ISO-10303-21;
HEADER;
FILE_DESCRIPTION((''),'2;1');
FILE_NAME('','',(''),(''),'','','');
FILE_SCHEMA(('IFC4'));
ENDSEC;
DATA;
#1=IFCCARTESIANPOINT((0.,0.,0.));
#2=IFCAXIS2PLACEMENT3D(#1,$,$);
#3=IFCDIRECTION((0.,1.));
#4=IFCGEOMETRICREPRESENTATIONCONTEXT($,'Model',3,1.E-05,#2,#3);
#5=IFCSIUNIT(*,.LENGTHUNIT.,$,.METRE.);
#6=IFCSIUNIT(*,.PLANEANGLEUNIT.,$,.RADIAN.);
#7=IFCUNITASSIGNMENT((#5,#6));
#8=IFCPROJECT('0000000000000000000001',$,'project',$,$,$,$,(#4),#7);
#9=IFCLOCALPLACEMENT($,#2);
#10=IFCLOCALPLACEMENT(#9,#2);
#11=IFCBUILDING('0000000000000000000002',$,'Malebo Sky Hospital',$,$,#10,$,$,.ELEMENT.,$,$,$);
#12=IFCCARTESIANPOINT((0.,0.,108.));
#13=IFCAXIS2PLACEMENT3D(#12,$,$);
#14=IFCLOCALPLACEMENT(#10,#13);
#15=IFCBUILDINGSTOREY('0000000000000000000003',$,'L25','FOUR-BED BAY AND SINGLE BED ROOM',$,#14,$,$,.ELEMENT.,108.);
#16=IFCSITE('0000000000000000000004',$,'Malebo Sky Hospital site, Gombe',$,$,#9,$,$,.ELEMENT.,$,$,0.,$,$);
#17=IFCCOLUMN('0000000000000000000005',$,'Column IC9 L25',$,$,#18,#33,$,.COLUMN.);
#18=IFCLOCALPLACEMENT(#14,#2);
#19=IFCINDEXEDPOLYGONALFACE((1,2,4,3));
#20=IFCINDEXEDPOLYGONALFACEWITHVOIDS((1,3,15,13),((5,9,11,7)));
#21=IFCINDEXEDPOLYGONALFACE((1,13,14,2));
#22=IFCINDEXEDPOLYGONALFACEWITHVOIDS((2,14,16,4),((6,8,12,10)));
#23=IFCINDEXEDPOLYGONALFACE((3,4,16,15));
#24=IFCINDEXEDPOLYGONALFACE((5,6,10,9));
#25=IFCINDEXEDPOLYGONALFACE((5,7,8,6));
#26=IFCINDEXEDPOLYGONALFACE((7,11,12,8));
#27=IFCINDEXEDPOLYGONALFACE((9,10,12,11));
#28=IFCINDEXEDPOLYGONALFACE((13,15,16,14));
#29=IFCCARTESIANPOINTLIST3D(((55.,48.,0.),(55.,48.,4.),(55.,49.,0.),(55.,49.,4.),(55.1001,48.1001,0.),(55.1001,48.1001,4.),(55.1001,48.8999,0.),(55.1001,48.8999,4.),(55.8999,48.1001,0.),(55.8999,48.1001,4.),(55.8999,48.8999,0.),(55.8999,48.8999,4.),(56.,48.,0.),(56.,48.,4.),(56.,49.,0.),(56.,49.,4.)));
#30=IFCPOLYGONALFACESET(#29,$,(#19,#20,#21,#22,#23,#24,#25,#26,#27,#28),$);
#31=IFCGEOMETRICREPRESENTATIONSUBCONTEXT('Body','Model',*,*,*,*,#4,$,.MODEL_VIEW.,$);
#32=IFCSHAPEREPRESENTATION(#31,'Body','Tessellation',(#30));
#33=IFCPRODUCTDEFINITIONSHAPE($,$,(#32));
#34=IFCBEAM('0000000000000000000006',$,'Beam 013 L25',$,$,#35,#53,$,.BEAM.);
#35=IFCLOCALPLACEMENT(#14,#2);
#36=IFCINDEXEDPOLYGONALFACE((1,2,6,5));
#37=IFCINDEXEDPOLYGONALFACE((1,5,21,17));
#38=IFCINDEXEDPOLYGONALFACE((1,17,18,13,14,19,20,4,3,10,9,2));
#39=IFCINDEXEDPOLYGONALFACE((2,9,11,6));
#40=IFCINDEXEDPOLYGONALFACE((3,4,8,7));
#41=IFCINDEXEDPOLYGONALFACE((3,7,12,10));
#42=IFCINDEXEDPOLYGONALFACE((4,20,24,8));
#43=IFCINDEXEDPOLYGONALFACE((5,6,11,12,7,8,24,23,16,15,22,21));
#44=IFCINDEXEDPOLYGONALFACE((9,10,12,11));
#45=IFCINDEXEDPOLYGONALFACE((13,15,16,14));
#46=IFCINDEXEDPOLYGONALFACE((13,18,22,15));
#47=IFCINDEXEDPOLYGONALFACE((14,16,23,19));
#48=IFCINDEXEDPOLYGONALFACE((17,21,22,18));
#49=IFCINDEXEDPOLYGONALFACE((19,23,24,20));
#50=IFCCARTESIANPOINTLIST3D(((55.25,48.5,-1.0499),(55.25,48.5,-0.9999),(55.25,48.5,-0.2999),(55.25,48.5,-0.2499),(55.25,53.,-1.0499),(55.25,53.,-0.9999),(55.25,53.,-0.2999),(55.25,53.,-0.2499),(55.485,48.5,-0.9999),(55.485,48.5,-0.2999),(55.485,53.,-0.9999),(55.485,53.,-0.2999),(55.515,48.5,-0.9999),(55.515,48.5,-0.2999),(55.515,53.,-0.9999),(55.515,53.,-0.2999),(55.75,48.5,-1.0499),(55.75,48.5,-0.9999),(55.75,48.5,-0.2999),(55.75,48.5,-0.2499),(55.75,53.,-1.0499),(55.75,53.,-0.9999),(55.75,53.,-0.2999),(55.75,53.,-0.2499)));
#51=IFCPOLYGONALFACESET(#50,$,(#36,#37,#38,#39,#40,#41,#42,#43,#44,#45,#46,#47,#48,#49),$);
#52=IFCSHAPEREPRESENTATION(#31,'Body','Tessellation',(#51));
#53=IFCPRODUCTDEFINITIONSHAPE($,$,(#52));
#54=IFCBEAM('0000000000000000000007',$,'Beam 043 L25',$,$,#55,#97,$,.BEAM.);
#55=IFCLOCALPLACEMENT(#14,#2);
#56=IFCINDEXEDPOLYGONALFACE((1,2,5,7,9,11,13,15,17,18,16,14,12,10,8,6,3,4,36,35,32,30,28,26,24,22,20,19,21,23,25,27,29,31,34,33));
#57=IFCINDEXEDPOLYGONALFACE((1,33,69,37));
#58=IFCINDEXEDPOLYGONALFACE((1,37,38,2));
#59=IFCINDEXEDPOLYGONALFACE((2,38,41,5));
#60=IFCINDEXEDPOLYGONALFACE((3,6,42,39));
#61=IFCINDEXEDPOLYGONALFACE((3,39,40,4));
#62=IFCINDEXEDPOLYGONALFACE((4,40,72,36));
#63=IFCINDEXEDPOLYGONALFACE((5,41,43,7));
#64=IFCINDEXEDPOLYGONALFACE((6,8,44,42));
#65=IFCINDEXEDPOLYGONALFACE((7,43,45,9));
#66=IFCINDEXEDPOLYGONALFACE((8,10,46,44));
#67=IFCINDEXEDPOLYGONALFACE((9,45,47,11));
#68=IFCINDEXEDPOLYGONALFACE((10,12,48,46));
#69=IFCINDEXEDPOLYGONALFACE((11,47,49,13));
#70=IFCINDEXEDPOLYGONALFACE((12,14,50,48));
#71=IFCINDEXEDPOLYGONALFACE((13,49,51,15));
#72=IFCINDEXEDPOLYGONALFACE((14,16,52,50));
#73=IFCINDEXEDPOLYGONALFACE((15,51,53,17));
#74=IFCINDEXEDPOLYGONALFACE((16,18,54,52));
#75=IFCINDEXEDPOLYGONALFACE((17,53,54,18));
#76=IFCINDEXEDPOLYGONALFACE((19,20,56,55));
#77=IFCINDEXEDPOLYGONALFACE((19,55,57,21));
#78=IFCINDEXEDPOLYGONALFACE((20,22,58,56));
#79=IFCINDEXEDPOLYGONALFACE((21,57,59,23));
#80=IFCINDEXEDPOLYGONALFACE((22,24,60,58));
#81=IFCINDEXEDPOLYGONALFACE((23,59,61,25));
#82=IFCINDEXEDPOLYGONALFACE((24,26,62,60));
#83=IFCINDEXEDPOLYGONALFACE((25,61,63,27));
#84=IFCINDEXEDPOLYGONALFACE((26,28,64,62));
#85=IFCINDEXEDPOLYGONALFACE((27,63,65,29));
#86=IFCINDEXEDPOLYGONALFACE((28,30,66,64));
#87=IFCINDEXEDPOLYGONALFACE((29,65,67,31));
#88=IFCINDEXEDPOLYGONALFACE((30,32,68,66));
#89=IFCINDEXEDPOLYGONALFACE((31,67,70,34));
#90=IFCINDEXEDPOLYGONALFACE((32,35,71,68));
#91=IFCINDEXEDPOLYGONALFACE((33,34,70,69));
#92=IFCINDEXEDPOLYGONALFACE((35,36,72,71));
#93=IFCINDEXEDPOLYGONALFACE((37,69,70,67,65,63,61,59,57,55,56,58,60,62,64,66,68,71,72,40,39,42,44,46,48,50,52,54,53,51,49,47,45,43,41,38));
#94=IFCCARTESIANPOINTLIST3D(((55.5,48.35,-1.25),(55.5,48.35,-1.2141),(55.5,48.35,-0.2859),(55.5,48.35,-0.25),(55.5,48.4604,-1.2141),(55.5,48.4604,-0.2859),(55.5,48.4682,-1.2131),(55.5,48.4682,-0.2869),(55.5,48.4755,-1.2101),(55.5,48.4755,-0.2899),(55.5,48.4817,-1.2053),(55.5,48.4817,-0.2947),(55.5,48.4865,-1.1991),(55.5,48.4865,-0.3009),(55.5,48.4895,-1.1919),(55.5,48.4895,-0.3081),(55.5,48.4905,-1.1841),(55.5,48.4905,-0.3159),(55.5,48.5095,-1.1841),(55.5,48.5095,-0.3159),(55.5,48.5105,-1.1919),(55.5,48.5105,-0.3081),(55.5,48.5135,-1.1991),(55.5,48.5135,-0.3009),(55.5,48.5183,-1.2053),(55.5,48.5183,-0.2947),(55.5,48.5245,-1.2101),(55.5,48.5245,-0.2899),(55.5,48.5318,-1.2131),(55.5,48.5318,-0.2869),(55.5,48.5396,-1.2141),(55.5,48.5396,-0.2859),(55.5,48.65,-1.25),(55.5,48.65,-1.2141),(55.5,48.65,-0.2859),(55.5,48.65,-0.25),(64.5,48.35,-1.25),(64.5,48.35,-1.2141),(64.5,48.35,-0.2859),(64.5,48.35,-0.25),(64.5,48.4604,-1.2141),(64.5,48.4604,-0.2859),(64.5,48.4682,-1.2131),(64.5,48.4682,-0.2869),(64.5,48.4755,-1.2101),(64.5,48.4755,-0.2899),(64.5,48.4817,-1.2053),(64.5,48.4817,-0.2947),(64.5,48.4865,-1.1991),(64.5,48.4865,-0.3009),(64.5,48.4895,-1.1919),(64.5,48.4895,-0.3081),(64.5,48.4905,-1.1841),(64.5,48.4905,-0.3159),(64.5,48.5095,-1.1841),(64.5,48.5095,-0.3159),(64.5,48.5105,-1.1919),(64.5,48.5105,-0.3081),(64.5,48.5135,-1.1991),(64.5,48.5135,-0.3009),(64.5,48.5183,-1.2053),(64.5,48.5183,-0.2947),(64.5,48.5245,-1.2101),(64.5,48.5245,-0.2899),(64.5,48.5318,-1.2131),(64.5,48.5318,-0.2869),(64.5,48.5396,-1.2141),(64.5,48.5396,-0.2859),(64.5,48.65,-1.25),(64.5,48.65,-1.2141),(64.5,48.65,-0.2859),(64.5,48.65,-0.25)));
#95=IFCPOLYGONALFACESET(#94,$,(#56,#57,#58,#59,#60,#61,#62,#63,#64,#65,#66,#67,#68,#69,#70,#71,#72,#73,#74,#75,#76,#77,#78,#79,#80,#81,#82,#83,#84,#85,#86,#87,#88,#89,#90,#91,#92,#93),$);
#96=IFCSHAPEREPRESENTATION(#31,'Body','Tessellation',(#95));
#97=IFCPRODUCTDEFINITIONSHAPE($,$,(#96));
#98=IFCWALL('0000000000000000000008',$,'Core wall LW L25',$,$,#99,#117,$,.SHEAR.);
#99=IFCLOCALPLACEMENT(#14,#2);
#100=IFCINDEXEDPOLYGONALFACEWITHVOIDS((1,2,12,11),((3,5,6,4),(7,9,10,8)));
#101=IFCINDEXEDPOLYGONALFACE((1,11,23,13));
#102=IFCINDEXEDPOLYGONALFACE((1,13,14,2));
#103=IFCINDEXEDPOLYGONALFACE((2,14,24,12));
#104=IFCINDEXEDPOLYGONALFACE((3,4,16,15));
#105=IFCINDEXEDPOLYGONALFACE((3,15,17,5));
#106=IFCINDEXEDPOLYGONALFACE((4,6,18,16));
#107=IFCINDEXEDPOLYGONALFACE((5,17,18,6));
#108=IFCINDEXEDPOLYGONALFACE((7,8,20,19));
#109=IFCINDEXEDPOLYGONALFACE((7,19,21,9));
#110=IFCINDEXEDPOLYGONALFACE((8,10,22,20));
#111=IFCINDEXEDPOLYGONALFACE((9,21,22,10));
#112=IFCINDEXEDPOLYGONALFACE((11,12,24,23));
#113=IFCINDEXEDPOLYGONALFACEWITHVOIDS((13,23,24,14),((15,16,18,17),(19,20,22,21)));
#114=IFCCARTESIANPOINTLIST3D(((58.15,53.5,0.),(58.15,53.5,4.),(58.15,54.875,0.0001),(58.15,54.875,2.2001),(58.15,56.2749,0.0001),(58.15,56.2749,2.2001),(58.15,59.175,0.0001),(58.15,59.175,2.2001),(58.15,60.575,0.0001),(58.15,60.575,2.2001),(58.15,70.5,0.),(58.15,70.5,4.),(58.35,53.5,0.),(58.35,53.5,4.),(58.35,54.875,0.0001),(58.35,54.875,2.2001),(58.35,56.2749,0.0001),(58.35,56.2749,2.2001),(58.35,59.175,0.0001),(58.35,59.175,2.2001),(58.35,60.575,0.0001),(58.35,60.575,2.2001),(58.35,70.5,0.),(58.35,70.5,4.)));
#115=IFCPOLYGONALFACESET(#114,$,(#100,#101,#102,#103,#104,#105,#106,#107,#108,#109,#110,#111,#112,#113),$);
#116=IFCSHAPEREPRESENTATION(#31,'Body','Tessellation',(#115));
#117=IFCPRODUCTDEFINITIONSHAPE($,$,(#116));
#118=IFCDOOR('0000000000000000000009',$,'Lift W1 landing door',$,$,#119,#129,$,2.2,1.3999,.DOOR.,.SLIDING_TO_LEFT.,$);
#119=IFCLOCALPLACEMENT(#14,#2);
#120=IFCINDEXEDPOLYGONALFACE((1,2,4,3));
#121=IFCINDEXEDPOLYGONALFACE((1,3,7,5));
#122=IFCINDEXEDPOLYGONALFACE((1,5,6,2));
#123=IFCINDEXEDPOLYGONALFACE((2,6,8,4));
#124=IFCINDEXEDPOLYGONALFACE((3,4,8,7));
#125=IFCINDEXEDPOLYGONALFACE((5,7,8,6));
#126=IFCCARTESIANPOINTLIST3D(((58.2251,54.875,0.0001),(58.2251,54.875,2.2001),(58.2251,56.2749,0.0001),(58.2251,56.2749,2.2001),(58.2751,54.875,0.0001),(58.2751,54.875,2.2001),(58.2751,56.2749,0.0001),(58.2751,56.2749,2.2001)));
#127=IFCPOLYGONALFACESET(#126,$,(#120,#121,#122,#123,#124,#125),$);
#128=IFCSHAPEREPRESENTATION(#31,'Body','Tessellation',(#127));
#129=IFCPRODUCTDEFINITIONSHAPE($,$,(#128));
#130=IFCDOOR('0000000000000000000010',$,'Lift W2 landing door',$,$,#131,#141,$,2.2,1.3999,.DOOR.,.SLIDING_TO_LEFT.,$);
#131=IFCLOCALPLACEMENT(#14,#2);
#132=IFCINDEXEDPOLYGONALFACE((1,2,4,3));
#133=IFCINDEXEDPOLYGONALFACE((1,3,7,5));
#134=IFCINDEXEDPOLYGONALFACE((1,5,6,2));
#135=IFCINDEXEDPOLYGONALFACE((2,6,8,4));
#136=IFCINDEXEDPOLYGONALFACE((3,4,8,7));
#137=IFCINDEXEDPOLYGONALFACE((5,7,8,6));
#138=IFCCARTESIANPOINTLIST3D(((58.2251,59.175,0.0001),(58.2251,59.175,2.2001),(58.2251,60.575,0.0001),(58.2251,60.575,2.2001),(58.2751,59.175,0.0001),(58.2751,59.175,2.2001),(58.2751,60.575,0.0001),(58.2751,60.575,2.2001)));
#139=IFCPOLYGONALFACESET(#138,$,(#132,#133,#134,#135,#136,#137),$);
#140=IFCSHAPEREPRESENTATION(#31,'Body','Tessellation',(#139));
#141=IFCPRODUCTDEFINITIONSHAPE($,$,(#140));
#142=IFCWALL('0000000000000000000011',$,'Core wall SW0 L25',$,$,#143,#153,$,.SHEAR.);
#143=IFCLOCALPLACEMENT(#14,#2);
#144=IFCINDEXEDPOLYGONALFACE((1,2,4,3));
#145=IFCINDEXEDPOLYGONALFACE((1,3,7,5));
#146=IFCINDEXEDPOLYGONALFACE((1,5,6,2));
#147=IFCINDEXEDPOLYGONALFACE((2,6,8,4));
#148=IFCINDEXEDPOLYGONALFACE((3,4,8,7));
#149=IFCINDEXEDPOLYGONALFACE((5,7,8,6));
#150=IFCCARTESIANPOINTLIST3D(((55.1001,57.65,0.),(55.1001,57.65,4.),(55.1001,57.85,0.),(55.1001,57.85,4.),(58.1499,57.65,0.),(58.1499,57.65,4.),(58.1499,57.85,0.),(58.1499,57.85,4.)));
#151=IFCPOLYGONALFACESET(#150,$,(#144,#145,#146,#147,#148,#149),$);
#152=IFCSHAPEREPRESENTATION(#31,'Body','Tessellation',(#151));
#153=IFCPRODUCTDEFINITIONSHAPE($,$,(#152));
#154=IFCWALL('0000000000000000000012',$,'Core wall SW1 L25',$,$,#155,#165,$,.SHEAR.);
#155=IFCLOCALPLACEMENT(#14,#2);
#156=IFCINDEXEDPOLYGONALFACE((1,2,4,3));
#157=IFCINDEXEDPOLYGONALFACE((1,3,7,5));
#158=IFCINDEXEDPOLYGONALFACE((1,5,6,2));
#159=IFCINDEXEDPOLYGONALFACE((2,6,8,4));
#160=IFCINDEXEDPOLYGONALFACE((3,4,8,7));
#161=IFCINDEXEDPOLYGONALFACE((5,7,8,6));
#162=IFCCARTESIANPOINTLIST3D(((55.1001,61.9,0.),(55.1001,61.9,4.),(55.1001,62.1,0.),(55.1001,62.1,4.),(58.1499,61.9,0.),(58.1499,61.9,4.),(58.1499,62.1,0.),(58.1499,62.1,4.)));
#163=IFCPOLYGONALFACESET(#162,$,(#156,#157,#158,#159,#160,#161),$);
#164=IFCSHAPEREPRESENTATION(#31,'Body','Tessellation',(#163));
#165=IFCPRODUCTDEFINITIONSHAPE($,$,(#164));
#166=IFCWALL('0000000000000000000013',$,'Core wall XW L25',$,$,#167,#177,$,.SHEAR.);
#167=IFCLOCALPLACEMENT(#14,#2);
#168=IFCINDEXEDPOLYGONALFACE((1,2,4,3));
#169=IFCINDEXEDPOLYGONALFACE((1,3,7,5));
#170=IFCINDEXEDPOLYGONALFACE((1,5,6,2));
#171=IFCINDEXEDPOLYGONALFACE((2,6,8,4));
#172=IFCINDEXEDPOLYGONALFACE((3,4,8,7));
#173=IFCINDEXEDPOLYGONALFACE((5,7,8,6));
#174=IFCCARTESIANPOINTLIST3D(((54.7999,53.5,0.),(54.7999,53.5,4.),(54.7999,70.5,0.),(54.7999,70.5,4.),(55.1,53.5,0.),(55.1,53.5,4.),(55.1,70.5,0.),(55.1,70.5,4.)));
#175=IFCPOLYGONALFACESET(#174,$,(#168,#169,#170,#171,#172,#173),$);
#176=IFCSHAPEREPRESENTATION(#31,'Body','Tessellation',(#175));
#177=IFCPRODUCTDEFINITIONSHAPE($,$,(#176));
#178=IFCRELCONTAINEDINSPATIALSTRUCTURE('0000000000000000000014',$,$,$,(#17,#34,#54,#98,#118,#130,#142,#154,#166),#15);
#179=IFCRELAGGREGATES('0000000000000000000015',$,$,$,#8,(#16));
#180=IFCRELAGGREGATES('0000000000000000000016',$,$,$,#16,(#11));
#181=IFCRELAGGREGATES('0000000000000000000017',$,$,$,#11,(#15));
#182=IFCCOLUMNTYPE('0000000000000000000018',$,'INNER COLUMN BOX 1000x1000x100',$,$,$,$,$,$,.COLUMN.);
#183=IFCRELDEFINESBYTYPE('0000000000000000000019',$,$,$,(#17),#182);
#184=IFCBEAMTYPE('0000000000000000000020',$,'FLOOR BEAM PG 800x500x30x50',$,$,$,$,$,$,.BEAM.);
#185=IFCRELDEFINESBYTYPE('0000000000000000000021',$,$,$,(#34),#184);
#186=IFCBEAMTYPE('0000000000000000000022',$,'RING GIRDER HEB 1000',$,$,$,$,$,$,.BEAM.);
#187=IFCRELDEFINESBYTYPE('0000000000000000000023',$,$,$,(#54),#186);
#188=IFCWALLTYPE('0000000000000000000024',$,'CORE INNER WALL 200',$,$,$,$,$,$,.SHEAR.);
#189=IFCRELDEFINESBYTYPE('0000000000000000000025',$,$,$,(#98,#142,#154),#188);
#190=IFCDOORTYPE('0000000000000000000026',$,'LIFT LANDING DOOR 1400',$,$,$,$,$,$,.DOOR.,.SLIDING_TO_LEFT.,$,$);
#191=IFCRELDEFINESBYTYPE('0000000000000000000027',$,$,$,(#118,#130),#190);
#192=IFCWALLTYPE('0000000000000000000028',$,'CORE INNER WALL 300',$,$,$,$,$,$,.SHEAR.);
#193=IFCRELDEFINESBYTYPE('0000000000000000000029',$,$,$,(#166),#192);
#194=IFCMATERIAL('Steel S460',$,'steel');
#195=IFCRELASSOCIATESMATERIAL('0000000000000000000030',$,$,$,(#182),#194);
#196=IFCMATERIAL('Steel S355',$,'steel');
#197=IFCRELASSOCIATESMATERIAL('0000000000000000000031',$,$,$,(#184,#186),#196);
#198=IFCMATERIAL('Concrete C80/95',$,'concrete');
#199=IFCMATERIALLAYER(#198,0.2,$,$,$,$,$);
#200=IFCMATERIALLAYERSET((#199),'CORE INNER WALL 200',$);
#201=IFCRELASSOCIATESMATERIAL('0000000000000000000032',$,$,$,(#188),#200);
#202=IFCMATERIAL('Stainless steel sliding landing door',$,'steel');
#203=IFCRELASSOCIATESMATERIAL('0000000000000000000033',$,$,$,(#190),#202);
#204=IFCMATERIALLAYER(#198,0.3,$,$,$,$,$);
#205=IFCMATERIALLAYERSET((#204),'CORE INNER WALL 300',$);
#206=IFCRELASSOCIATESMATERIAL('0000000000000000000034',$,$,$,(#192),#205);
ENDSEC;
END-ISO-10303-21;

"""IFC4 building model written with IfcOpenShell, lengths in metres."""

from ifc_helpers import new_model, si_unit, direction, frame, frame_2d, origin, origin_2d, place, context, subcontext, project, spatial, rectangle, hollow_rectangle, i_section, extrude, material, layer, layer_set, material_profile, profile_set, type_object, element, fill, save


model = new_model("IFC4")

# Units and contexts
model_context = context("Model", 3, precision=1e-05, world=origin(), true_north=direction((0.0, 1.0)))
body_context = subcontext(model_context, "Body", "Model", "MODEL_VIEW")
ifc_project = project(units=[si_unit("LENGTHUNIT", "METRE"), si_unit("PLANEANGLEUNIT", "RADIAN")], contexts=[model_context])

# Site, building, storey
site_placement = place(None, origin())
site = spatial("IfcSite", under=ifc_project, at=site_placement, Name="Malebo Sky Hospital site, Gombe", CompositionType="ELEMENT", RefElevation=0.0)
building_placement = place(site_placement, origin())
building = spatial("IfcBuilding", under=site, at=building_placement, Name="Malebo Sky Hospital", CompositionType="ELEMENT")
storey_placement = place(building_placement, frame((0.0, 0.0, 108.0)))
storey = spatial("IfcBuildingStorey", under=building, at=storey_placement, Name="L25", Description="FOUR-BED BAY AND SINGLE BED ROOM", CompositionType="ELEMENT", Elevation=108.0)

# Column
ifc_material_1 = material(Name="Steel S460", Category="steel")
ifc_material_profile_1 = material_profile(ifc_material_1, hollow_rectangle(XDim=1.0, YDim=1.0, WallThickness=0.1001, at=origin_2d()), Name="BOX 1000x1000x100")
ifc_profile_set_1 = profile_set([ifc_material_profile_1], Name="Steel S460")
column_type = type_object("IfcColumnType", Name="INNER COLUMN BOX 1000x1000x100", PredefinedType="COLUMN", material=ifc_profile_set_1)
column_placement = place(storey_placement, frame((55.5, 48.5, 0.0), z_axis=(0.0, 0.0, 1.0), x_axis=(1.0, 0.0, 0.0)))
element("IfcColumn", 1, at=column_placement, inside=storey, type_object=column_type, Name="Column IC9 L25", PredefinedType="COLUMN", context=body_context, shape_type="SweptSolid", body=[
    extrude(hollow_rectangle(XDim=1.0, YDim=1.0, WallThickness=0.1001, at=origin_2d()), origin(), (0.0, 0.0, 1.0), 4.0),
])

# Beams
ifc_material_2 = material(Name="Steel S355", Category="steel")
ifc_material_profile_2 = material_profile(ifc_material_2, i_section(OverallWidth=0.5, OverallDepth=0.8, WebThickness=0.03, FlangeThickness=0.05, at=origin_2d()), Name="PG 800x500x30x50")
ifc_profile_set_2 = profile_set([ifc_material_profile_2], Name="Steel S355")
beam_type_1 = type_object("IfcBeamType", Name="FLOOR BEAM PG 800x500x30x50", PredefinedType="BEAM", material=ifc_profile_set_2)
beam_1_placement = place(storey_placement, frame((55.5, 48.5, -0.6499), z_axis=(0.0, 1.0, 0.0), x_axis=(-1.0, 0.0, 0.0)))
element("IfcBeam", 2, at=beam_1_placement, inside=storey, type_object=beam_type_1, Name="Beam 013 L25", PredefinedType="BEAM", context=body_context, shape_type="SweptSolid", body=[
    extrude(i_section(OverallWidth=0.5, OverallDepth=0.8, WebThickness=0.03, FlangeThickness=0.05, at=origin_2d()), origin(), (0.0, 0.0, 1.0), 4.5),
])
ifc_material_profile_3 = material_profile(ifc_material_2, i_section(OverallWidth=0.3, OverallDepth=1.0, WebThickness=0.019, FlangeThickness=0.0359, FilletRadius=0.03, at=origin_2d()), Name="HEB 1000")
ifc_profile_set_3 = profile_set([ifc_material_profile_3], Name="Steel S355")
beam_type_2 = type_object("IfcBeamType", Name="RING GIRDER HEB 1000", PredefinedType="BEAM", material=ifc_profile_set_3)
beam_2_placement = place(storey_placement, frame((55.5, 48.5, -0.75), z_axis=(1.0, 0.0, 0.0), x_axis=(0.0, 1.0, 0.0)))
element("IfcBeam", 3, at=beam_2_placement, inside=storey, type_object=beam_type_2, Name="Beam 043 L25", PredefinedType="BEAM", context=body_context, shape_type="SweptSolid", body=[
    extrude(i_section(OverallWidth=0.3, OverallDepth=1.0, WebThickness=0.019, FlangeThickness=0.0359, FilletRadius=0.03, at=origin_2d()), origin(), (0.0, 0.0, 1.0), 9.0),
])

# Wall, openings, doors
ifc_material_3 = material(Name="Concrete C80/95", Category="concrete")
ifc_layer_1 = layer(ifc_material_3, 0.2)
ifc_layer_set_1 = layer_set([ifc_layer_1], Name="CORE INNER WALL 200")
wall_type_1 = type_object("IfcWallType", Name="CORE INNER WALL 200", PredefinedType="SHEAR", material=ifc_layer_set_1)
wall_1_placement = place(storey_placement, frame((58.25, 53.5, 0.0), z_axis=(0.0, 0.0, 1.0), x_axis=(0.0, 1.0, 0.0)))
wall_1 = element("IfcWall", 4, at=wall_1_placement, inside=storey, type_object=wall_type_1, Name="Core wall LW L25", PredefinedType="SHEAR", context=body_context, shape_type="SweptSolid", body=[
    extrude(rectangle(XDim=17.0, YDim=0.2, at=frame_2d((8.5, 0.0))), origin(), (0.0, 0.0, 1.0), 4.0),
])
opening_1_placement = place(wall_1_placement, frame((1.375, 0.0, 0.0)))
opening_1 = element("IfcOpeningElement", 5, at=opening_1_placement, cuts=wall_1, PredefinedType="OPENING", context=body_context, shape_type="SweptSolid", body=[
    extrude(rectangle(XDim=1.3999, YDim=2.2, at=frame_2d((0.7, 1.1001))), frame((0.0, 0.1099, 0.0), z_axis=(0.0, -1.0, 0.0), x_axis=(1.0, 0.0, 0.0)), (0.0, 0.0, 1.0), 0.22),
])
opening_2_placement = place(wall_1_placement, frame((5.675, 0.0, 0.0)))
opening_2 = element("IfcOpeningElement", 6, at=opening_2_placement, cuts=wall_1, PredefinedType="OPENING", context=body_context, shape_type="SweptSolid", body=[
    extrude(rectangle(XDim=1.3999, YDim=2.2, at=frame_2d((0.7, 1.1001))), frame((0.0, 0.1099, 0.0), z_axis=(0.0, -1.0, 0.0), x_axis=(1.0, 0.0, 0.0)), (0.0, 0.0, 1.0), 0.22),
])
ifc_material_4 = material(Name="Stainless steel sliding landing door", Category="steel")
door_type_1 = type_object("IfcDoorType", Name="LIFT LANDING DOOR 1400", OperationType="SLIDING_TO_LEFT", PredefinedType="DOOR", material=ifc_material_4)
door_1_placement = place(opening_1_placement, origin())
door_1 = element("IfcDoor", 7, at=door_1_placement, inside=storey, type_object=door_type_1, Name="Lift W1 landing door", OperationType="SLIDING_TO_LEFT", OverallHeight=2.2, OverallWidth=1.3999, PredefinedType="DOOR", context=body_context, shape_type="SweptSolid", body=[
    extrude(rectangle(XDim=1.3999, YDim=2.2, at=frame_2d((0.7, 1.1001))), frame((0.0, 0.0249, 0.0), z_axis=(0.0, -1.0, 0.0), x_axis=(1.0, 0.0, 0.0)), (0.0, 0.0, 1.0), 0.05),
])
fill(opening_1, door_1)
door_2_placement = place(opening_2_placement, origin())
door_2 = element("IfcDoor", 8, at=door_2_placement, inside=storey, type_object=door_type_1, Name="Lift W2 landing door", OperationType="SLIDING_TO_LEFT", OverallHeight=2.2, OverallWidth=1.3999, PredefinedType="DOOR", context=body_context, shape_type="SweptSolid", body=[
    extrude(rectangle(XDim=1.3999, YDim=2.2, at=frame_2d((0.7, 1.1001))), frame((0.0, 0.0249, 0.0), z_axis=(0.0, -1.0, 0.0), x_axis=(1.0, 0.0, 0.0)), (0.0, 0.0, 1.0), 0.05),
])
fill(opening_2, door_2)

# Walls
for number, where, z_axis, x_axis, name in (
    (9, (55.1001, 57.75, 0.0), (0.0, 0.0, 1.0), (1.0, 0.0, 0.0), "Core wall SW0 L25"),
    (10, (55.1001, 62.0, 0.0), (0.0, 0.0, 1.0), (1.0, 0.0, 0.0), "Core wall SW1 L25"),
):
    element("IfcWall", number, at=place(storey_placement, frame(where, z_axis=z_axis, x_axis=x_axis)), inside=storey, type_object=wall_type_1, Name=name, PredefinedType="SHEAR", context=body_context, shape_type="SweptSolid", body=[
        extrude(rectangle(XDim=3.0498, YDim=0.2, at=frame_2d((1.5249, 0.0))), origin(), (0.0, 0.0, 1.0), 4.0),
    ])
ifc_layer_2 = layer(ifc_material_3, 0.3)
ifc_layer_set_2 = layer_set([ifc_layer_2], Name="CORE INNER WALL 300")
wall_type_2 = type_object("IfcWallType", Name="CORE INNER WALL 300", PredefinedType="SHEAR", material=ifc_layer_set_2)
wall_2_placement = place(storey_placement, frame((54.95, 53.5, 0.0), z_axis=(0.0, 0.0, 1.0), x_axis=(0.0, 1.0, 0.0)))
element("IfcWall", 11, at=wall_2_placement, inside=storey, type_object=wall_type_2, Name="Core wall XW L25", PredefinedType="SHEAR", context=body_context, shape_type="SweptSolid", body=[
    extrude(rectangle(XDim=17.0, YDim=0.3, at=frame_2d((8.5, 0.0))), origin(), (0.0, 0.0, 1.0), 4.0),
])

save(model, "model.ifc")
